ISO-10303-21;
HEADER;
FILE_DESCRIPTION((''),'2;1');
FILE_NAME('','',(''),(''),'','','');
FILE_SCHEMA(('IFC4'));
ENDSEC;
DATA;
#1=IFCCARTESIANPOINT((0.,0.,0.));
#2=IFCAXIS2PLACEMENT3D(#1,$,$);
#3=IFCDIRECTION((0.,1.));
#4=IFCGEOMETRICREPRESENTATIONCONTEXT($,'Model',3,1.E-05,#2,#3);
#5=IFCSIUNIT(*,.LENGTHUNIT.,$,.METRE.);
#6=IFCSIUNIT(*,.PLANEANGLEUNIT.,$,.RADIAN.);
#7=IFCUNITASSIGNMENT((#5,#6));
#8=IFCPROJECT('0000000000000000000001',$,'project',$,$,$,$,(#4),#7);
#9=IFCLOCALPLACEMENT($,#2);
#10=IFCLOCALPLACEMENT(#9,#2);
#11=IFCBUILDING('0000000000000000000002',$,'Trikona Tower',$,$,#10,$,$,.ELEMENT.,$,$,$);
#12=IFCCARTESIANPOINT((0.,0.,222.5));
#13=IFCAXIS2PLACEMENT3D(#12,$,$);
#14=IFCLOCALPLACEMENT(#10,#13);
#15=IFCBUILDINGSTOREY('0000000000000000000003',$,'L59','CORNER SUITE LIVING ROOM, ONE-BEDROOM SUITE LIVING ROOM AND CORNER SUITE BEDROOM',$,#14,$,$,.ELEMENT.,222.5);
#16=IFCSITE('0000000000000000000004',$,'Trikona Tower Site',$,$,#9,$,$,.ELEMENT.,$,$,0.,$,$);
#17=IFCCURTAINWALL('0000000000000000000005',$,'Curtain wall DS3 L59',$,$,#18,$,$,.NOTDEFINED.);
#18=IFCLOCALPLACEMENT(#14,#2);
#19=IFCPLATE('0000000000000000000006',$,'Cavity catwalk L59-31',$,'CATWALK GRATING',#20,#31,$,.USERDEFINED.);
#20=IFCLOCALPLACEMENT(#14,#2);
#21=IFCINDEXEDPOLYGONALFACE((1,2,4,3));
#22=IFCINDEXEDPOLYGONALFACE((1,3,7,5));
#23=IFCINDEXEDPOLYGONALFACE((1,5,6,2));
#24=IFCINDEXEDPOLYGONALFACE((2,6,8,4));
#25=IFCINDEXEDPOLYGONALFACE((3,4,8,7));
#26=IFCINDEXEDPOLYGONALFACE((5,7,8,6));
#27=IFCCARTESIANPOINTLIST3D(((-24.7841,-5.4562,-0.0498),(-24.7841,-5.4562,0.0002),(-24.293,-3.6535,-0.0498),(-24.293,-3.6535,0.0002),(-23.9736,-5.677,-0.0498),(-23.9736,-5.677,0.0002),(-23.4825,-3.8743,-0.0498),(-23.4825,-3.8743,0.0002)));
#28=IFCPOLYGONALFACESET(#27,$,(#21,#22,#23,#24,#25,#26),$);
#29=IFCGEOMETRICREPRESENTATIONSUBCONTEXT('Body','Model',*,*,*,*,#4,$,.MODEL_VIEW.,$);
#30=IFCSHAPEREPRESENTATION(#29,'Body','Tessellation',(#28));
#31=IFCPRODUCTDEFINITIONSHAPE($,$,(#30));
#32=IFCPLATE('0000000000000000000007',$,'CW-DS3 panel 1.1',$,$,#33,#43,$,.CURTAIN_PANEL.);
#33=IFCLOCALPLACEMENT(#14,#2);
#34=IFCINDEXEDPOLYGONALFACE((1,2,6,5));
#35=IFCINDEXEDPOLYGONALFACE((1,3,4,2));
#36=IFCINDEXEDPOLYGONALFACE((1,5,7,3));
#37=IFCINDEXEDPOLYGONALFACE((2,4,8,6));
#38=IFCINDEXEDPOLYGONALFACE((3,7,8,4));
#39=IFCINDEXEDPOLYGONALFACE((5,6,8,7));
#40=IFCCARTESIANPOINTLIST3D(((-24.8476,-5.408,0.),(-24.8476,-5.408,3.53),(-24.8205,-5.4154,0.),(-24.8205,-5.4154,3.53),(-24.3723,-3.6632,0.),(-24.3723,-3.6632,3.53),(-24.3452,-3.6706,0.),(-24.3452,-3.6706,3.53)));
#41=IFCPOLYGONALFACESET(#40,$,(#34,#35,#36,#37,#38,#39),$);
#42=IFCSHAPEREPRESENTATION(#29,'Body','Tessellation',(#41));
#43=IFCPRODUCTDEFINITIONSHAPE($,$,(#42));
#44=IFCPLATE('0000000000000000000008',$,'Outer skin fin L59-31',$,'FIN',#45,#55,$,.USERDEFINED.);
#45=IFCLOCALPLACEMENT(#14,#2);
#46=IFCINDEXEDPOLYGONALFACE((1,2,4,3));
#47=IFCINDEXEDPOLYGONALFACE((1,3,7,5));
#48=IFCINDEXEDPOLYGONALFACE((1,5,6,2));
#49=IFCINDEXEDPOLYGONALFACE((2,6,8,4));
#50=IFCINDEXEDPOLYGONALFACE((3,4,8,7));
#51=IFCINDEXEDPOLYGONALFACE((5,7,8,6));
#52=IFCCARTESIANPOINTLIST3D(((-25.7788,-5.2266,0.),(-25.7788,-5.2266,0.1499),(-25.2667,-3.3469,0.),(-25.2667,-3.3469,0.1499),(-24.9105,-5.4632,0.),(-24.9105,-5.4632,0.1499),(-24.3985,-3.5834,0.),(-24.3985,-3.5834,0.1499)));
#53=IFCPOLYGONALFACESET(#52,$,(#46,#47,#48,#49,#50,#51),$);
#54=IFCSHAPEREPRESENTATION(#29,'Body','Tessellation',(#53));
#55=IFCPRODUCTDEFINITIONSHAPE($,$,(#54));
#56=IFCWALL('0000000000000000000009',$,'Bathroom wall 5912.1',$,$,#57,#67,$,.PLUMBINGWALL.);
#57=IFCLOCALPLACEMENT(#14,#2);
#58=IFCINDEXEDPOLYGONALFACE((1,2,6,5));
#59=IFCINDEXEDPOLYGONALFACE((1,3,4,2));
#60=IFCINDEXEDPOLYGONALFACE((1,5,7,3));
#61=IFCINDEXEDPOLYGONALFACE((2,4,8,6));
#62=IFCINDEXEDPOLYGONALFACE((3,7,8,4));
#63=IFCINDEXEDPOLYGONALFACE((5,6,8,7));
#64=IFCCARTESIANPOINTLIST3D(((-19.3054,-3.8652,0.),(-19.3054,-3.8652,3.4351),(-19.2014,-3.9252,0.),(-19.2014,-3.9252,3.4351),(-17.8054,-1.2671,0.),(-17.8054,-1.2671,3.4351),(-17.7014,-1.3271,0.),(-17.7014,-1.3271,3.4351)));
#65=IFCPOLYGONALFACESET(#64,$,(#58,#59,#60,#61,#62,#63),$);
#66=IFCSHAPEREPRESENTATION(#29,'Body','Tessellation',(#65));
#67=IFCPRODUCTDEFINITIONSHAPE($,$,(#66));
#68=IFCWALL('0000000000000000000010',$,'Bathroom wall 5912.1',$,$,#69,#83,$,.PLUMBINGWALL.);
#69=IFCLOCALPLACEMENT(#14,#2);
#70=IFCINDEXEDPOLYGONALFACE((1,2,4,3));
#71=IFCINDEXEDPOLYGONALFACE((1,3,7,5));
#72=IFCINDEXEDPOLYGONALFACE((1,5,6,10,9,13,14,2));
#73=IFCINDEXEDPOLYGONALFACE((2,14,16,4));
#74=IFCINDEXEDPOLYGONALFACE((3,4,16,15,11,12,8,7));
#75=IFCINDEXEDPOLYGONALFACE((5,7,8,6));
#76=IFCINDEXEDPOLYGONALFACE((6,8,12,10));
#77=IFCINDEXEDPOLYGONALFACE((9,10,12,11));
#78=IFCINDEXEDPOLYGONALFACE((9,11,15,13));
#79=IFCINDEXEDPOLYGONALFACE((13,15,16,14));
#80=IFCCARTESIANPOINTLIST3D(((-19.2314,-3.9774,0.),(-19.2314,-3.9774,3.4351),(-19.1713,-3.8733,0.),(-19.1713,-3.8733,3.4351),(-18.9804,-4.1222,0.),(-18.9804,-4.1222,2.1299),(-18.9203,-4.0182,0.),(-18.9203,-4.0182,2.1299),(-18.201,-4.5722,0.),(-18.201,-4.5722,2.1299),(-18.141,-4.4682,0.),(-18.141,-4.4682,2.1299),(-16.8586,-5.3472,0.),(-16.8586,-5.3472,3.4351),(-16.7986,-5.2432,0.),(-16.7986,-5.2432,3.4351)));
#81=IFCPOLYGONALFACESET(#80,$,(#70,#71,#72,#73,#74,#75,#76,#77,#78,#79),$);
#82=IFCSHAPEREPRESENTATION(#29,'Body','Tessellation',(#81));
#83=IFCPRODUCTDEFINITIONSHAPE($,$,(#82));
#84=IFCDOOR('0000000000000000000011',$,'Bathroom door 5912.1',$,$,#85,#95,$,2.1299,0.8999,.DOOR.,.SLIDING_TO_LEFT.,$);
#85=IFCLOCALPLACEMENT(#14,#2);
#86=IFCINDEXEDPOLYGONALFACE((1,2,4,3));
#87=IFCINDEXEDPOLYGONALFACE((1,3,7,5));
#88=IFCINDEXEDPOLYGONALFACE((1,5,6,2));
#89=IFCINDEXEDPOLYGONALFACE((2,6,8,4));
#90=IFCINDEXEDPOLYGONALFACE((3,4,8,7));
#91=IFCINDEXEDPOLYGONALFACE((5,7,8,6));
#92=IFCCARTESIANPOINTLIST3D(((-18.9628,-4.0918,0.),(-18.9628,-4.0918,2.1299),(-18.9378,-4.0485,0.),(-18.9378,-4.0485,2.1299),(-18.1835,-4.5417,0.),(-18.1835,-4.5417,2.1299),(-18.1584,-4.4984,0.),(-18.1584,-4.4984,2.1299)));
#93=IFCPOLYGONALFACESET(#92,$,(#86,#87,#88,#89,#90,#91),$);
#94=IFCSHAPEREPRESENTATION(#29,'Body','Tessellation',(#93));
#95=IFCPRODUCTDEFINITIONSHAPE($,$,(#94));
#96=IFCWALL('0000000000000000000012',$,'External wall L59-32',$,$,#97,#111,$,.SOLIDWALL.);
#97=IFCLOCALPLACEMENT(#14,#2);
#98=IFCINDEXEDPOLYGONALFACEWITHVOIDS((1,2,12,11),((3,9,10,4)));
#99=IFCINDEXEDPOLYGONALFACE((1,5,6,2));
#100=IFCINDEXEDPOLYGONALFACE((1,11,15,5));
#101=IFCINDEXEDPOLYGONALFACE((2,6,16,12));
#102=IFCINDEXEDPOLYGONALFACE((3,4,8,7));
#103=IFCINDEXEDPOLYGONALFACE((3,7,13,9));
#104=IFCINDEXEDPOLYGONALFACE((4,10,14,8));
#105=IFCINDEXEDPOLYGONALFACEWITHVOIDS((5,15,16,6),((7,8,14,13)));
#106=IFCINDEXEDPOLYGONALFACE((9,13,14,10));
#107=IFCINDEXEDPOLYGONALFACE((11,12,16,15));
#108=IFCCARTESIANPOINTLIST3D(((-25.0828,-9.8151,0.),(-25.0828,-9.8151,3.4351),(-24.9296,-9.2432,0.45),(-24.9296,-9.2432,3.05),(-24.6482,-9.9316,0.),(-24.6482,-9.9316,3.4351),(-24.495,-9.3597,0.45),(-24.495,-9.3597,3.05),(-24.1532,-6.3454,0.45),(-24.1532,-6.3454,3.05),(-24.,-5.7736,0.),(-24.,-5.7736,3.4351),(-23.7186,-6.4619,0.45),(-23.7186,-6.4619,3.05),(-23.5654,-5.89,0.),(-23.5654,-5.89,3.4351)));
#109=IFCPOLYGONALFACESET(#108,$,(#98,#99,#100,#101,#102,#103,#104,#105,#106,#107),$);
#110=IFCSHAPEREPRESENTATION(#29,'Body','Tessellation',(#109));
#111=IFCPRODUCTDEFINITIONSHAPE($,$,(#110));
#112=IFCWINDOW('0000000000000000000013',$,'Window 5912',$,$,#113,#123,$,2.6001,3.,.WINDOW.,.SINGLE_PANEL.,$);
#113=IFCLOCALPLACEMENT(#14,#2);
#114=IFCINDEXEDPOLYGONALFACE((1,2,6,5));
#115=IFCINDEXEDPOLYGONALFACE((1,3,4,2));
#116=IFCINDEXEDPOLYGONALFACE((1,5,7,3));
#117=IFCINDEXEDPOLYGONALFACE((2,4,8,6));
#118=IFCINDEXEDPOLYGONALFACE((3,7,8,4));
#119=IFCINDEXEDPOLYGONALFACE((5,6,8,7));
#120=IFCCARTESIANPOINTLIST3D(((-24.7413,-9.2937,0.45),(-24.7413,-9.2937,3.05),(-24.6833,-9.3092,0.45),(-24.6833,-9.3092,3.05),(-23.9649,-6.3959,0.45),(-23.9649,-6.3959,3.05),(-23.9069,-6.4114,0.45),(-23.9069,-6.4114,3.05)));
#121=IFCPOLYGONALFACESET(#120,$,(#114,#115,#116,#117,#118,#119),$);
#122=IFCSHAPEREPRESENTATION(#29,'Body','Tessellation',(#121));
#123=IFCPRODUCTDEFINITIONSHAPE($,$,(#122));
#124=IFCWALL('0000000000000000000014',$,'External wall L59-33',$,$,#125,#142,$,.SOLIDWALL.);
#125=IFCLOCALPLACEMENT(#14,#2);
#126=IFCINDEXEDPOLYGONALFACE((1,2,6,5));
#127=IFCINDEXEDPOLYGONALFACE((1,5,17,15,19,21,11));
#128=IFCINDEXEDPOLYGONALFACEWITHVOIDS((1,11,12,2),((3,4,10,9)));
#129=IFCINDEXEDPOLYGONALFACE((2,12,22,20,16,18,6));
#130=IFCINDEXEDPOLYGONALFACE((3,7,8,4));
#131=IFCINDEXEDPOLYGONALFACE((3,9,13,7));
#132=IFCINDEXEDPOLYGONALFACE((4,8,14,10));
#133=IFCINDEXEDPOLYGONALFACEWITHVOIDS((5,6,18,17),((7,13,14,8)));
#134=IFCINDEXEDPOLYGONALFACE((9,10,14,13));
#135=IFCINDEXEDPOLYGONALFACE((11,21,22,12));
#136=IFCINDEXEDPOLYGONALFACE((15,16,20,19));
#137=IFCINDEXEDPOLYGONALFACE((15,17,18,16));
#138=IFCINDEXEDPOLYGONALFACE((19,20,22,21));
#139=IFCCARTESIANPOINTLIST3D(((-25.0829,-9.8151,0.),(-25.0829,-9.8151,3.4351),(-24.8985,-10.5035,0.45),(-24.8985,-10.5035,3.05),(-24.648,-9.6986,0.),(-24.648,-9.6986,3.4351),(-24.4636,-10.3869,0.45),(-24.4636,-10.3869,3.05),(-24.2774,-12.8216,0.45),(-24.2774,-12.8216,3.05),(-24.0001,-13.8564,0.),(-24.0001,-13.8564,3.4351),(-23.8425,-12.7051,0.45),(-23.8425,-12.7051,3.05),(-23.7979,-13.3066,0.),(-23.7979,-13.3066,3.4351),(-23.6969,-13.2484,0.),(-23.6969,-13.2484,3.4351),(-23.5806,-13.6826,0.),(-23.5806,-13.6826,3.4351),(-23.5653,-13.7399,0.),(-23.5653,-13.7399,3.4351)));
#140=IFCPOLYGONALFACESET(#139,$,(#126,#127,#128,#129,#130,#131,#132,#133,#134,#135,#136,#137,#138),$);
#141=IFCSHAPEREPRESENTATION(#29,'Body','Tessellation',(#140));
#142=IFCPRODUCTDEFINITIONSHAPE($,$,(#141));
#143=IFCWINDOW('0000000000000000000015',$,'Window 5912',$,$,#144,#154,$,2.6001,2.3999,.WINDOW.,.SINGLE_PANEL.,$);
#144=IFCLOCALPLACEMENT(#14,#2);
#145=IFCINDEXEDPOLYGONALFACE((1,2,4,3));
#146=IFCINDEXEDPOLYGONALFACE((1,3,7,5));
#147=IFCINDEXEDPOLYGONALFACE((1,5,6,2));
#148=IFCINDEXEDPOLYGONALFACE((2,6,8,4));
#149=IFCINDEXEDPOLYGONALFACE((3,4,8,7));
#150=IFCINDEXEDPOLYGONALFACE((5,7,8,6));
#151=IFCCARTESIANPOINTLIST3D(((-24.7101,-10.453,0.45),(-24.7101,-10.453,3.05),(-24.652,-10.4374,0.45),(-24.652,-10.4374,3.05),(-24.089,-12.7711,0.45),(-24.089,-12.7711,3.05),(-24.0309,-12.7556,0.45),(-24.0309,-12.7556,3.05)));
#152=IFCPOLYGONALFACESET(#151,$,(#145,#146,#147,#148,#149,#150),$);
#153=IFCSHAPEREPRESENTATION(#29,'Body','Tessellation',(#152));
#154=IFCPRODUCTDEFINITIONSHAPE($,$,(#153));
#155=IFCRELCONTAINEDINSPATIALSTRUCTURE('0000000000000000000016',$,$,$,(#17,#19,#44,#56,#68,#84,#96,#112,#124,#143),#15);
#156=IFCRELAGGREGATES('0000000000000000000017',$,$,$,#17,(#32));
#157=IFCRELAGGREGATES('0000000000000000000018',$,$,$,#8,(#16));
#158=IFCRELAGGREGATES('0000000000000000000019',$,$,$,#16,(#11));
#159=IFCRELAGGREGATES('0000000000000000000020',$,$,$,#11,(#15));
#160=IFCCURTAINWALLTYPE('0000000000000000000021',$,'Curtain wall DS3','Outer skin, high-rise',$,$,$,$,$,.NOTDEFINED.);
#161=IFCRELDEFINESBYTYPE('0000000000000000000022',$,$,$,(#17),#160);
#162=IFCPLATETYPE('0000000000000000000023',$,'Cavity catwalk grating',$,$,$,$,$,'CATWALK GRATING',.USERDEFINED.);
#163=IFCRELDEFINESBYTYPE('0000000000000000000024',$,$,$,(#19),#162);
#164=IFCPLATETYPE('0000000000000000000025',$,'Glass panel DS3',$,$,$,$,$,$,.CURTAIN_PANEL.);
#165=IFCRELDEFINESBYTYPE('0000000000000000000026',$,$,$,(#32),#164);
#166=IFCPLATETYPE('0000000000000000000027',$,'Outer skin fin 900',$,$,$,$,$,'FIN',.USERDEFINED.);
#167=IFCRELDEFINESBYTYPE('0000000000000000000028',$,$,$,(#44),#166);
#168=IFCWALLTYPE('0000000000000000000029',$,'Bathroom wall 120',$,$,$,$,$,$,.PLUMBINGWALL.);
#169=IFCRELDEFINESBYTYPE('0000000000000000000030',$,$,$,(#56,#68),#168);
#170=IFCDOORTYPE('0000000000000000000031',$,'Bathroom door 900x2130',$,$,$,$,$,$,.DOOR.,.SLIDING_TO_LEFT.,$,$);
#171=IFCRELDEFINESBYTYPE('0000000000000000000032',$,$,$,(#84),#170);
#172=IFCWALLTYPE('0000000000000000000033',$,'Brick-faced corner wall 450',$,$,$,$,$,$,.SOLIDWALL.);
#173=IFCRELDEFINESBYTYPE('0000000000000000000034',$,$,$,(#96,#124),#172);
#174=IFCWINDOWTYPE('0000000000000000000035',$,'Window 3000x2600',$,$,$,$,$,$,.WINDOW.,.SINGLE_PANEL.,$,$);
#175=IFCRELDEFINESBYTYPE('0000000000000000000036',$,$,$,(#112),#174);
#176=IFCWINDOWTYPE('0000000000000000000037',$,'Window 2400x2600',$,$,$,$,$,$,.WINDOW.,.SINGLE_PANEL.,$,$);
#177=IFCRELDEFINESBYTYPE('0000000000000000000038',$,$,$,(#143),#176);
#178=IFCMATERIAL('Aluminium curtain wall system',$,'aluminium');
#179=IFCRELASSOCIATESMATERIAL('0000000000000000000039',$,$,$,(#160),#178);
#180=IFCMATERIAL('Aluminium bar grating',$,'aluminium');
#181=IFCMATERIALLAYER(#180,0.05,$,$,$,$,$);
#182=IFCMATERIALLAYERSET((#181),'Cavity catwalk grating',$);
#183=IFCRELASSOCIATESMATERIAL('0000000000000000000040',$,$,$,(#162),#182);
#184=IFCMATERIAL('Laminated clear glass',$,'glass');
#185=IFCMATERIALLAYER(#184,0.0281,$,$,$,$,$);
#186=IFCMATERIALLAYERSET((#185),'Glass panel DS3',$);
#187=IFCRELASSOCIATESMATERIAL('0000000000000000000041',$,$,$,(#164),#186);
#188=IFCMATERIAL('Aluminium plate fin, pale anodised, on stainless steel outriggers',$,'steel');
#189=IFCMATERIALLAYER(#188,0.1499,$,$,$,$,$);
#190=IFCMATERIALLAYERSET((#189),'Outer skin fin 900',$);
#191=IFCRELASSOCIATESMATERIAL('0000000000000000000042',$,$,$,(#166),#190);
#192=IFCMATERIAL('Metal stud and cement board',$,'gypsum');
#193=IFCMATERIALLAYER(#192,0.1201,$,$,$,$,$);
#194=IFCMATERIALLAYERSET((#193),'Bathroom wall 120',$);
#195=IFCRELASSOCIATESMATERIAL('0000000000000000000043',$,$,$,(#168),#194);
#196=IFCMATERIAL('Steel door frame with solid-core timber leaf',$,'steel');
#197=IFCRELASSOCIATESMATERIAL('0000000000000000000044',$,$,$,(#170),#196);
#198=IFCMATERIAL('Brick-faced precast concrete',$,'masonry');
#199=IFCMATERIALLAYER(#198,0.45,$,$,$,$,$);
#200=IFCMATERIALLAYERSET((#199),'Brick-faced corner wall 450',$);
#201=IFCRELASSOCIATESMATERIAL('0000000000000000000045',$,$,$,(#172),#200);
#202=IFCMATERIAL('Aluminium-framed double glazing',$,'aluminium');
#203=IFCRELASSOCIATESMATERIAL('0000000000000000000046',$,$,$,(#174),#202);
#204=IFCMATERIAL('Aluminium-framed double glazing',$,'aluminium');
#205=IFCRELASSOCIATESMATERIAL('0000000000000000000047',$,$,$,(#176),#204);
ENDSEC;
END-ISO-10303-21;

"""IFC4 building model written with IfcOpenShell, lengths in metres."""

from ifc_helpers import new_model, si_unit, direction, frame, frame_2d, origin, origin_2d, place, context, subcontext, project, spatial, polyline, rectangle, outline, extrude, material, layer, layer_set, type_object, element, fill, aggregate, save


model = new_model("IFC4")

# Units and contexts
model_context = context("Model", 3, precision=1e-05, world=origin(), true_north=direction((0.0, 1.0)))
body_context = subcontext(model_context, "Body", "Model", "MODEL_VIEW")
ifc_project = project(units=[si_unit("LENGTHUNIT", "METRE"), si_unit("PLANEANGLEUNIT", "RADIAN")], contexts=[model_context])

# Site, building, storey
site_placement = place(None, origin())
site = spatial("IfcSite", under=ifc_project, at=site_placement, Name="Trikona Tower Site", CompositionType="ELEMENT", RefElevation=0.0)
building_placement = place(site_placement, origin())
building = spatial("IfcBuilding", under=site, at=building_placement, Name="Trikona Tower", CompositionType="ELEMENT")
storey_placement = place(building_placement, frame((0.0, 0.0, 222.5)))
storey = spatial("IfcBuildingStorey", under=building, at=storey_placement, Name="L59", Description="CORNER SUITE LIVING ROOM, ONE-BEDROOM SUITE LIVING ROOM AND CORNER SUITE BEDROOM", CompositionType="ELEMENT", Elevation=222.5)

# Shared definitions
ifc_material_1 = material(Name="Aluminium curtain wall system", Category="aluminium")
curtain_wall_type = type_object("IfcCurtainWallType", Name="Curtain wall DS3", Description="Outer skin, high-rise", PredefinedType="NOTDEFINED", material=ifc_material_1)

# Curtain wall
curtain_wall_1_placement = place(storey_placement, origin())
curtain_wall_1 = element("IfcCurtainWall", 1, at=curtain_wall_1_placement, inside=storey, type_object=curtain_wall_type, Name="Curtain wall DS3 L59", PredefinedType="NOTDEFINED")

# Plate
ifc_material_2 = material(Name="Aluminium bar grating", Category="aluminium")
ifc_layer_1 = layer(ifc_material_2, 0.05)
ifc_layer_set_1 = layer_set([ifc_layer_1], Name="Cavity catwalk grating")
plate_type_1 = type_object("IfcPlateType", Name="Cavity catwalk grating", ElementType="CATWALK GRATING", PredefinedType="USERDEFINED", material=ifc_layer_set_1)
plate_1_placement = place(storey_placement, frame((-24.1333, -4.6653, -0.0498), z_axis=(0.0, 0.0, 1.0), x_axis=(-0.262822, -0.964844, 0.0)))
element("IfcPlate", 2, at=plate_1_placement, inside=storey, type_object=plate_type_1, Name="Cavity catwalk L59-31", ObjectType="CATWALK GRATING", PredefinedType="USERDEFINED", context=body_context, shape_type="SweptSolid", body=[
    extrude(rectangle(XDim=1.8684, YDim=0.8401, at=origin_2d()), origin(), (0.0, 0.0, 1.0), 0.05),
])

# Plates
ifc_material_3 = material(Name="Laminated clear glass", Category="glass")
ifc_layer_2 = layer(ifc_material_3, 0.0281)
ifc_layer_set_2 = layer_set([ifc_layer_2], Name="Glass panel DS3")
plate_type_2 = type_object("IfcPlateType", Name="Glass panel DS3", PredefinedType="CURTAIN_PANEL", material=ifc_layer_set_2)
plate_2_placement = place(storey_placement, frame((-24.5964, -4.5393, 0.0), z_axis=(0.0, 0.0, 1.0), x_axis=(-0.262844, -0.964838, 0.0)))
plate_2 = element("IfcPlate", 3, at=plate_2_placement, type_object=plate_type_2, Name="CW-DS3 panel 1.1", PredefinedType="CURTAIN_PANEL", context=body_context, shape_type="SweptSolid", body=[
    extrude(rectangle(XDim=1.8083, YDim=0.0281, at=origin_2d()), origin(), (0.0, 0.0, 1.0), 3.53),
])
aggregate(curtain_wall_1, [plate_2])
ifc_material_4 = material(Name="Aluminium plate fin, pale anodised, on stainless steel outriggers", Category="steel")
ifc_layer_3 = layer(ifc_material_4, 0.1499)
ifc_layer_set_3 = layer_set([ifc_layer_3], Name="Outer skin fin 900")
plate_type_3 = type_object("IfcPlateType", Name="Outer skin fin 900", ElementType="FIN", PredefinedType="USERDEFINED", material=ifc_layer_set_3)
plate_3_placement = place(storey_placement, frame((-25.0886, -4.405, 0.0), z_axis=(0.0, 0.0, 1.0), x_axis=(-0.262822, -0.964844, 0.0)))
element("IfcPlate", 4, at=plate_3_placement, inside=storey, type_object=plate_type_3, Name="Outer skin fin L59-31", ObjectType="FIN", PredefinedType="USERDEFINED", context=body_context, shape_type="SweptSolid", body=[
    extrude(rectangle(XDim=1.9482, YDim=0.8999, at=origin_2d()), origin(), (0.0, 0.0, 1.0), 0.1499),
])

# Wall
ifc_material_5 = material(Name="Metal stud and cement board", Category="gypsum")
ifc_layer_4 = layer(ifc_material_5, 0.1201)
ifc_layer_set_4 = layer_set([ifc_layer_4], Name="Bathroom wall 120")
wall_type_1 = type_object("IfcWallType", Name="Bathroom wall 120", PredefinedType="PLUMBINGWALL", material=ifc_layer_set_4)
wall_1_placement = place(storey_placement, frame((-17.7534, -1.2971, 0.0), z_axis=(0.0, 0.0, 1.0), x_axis=(-0.49999, -0.866031, 0.0)))
element("IfcWall", 5, at=wall_1_placement, inside=storey, type_object=wall_type_1, Name="Bathroom wall 5912.1", PredefinedType="PLUMBINGWALL", context=body_context, shape_type="SweptSolid", body=[
    extrude(rectangle(XDim=3.0, YDim=0.1201, at=frame_2d((1.5, 0.0))), origin(), (0.0, 0.0, 1.0), 3.4351),
])

# Wall, opening, door
wall_2_placement = place(storey_placement, frame((-16.8286, -5.2952, 0.0), z_axis=(0.0, 0.0, 1.0), x_axis=(-0.866036, 0.499982, 0.0)))
wall_2 = element("IfcWall", 6, at=wall_2_placement, inside=storey, type_object=wall_type_1, Name="Bathroom wall 5912.1", PredefinedType="PLUMBINGWALL", context=body_context, shape_type="SweptSolid", body=[
    extrude(rectangle(XDim=2.7397, YDim=0.1201, at=frame_2d((1.3699, 0.0))), origin(), (0.0, 0.0, 1.0), 3.4351),
])
opening_1_placement = place(wall_2_placement, frame((1.55, 0.0, 0.0)))
opening_1 = element("IfcOpeningElement", 7, at=opening_1_placement, cuts=wall_2, PredefinedType="OPENING", context=body_context, shape_type="SweptSolid", body=[
    extrude(rectangle(XDim=0.8999, YDim=2.1299, at=frame_2d((0.45, 1.0649))), frame((0.0, 0.0701, 0.0), z_axis=(0.0, -1.0, 0.0), x_axis=(1.0, 0.0, 0.0)), (0.0, 0.0, 1.0), 0.1401),
])
ifc_material_6 = material(Name="Steel door frame with solid-core timber leaf", Category="steel")
door_type_1 = type_object("IfcDoorType", Name="Bathroom door 900x2130", OperationType="SLIDING_TO_LEFT", PredefinedType="DOOR", material=ifc_material_6)
door_1_placement = place(opening_1_placement, origin())
door_1 = element("IfcDoor", 8, at=door_1_placement, inside=storey, type_object=door_type_1, Name="Bathroom door 5912.1", OperationType="SLIDING_TO_LEFT", OverallHeight=2.1299, OverallWidth=0.8999, PredefinedType="DOOR", context=body_context, shape_type="SweptSolid", body=[
    extrude(rectangle(XDim=0.8999, YDim=2.1299, at=frame_2d((0.45, 1.0649))), frame((0.0, 0.0249, 0.0), z_axis=(0.0, -1.0, 0.0), x_axis=(1.0, 0.0, 0.0)), (0.0, 0.0, 1.0), 0.05),
])
fill(opening_1, door_1)

# Walls, openings, windows
ifc_material_7 = material(Name="Brick-faced precast concrete", Category="masonry")
ifc_layer_5 = layer(ifc_material_7, 0.45)
ifc_layer_set_5 = layer_set([ifc_layer_5], Name="Brick-faced corner wall 450")
wall_type_2 = type_object("IfcWallType", Name="Brick-faced corner wall 450", PredefinedType="SOLIDWALL", material=ifc_layer_set_5)
wall_3_placement = place(storey_placement, frame((-23.7827, -5.8318, 0.0), z_axis=(0.0, 0.0, 1.0), x_axis=(-0.258785, -0.965935, 0.0)))
wall_3 = element("IfcWall", 9, at=wall_3_placement, inside=storey, type_object=wall_type_2, Name="External wall L59-32", PredefinedType="SOLIDWALL", context=body_context, shape_type="SweptSolid", body=[
    extrude(rectangle(XDim=4.1841, YDim=0.45, at=frame_2d((2.092, 0.0))), origin(), (0.0, 0.0, 1.0), 3.4351),
])
opening_2_placement = place(wall_3_placement, frame((0.592, 0.0, 0.45)))
opening_2 = element("IfcOpeningElement", 10, at=opening_2_placement, cuts=wall_3, PredefinedType="OPENING", context=body_context, shape_type="SweptSolid", body=[
    extrude(rectangle(XDim=3.0, YDim=2.6001, at=frame_2d((1.5, 1.3))), frame((0.0, 0.2349, 0.0), z_axis=(0.0, -1.0, 0.0), x_axis=(1.0, 0.0, 0.0)), (0.0, 0.0, 1.0), 0.47),
])
ifc_material_8 = material(Name="Aluminium-framed double glazing", Category="aluminium")
window_type_1 = type_object("IfcWindowType", Name="Window 3000x2600", PartitioningType="SINGLE_PANEL", PredefinedType="WINDOW", material=ifc_material_8)
window_1_placement = place(opening_2_placement, origin())
window_1 = element("IfcWindow", 11, at=window_1_placement, inside=storey, type_object=window_type_1, Name="Window 5912", OverallHeight=2.6001, OverallWidth=3.0, PartitioningType="SINGLE_PANEL", PredefinedType="WINDOW", context=body_context, shape_type="SweptSolid", body=[
    extrude(rectangle(XDim=3.0, YDim=2.6001, at=frame_2d((1.5, 1.3))), frame((0.0, 0.03, 0.0), z_axis=(0.0, -1.0, 0.0), x_axis=(1.0, 0.0, 0.0)), (0.0, 0.0, 1.0), 0.0601),
])
fill(opening_2, window_1)
wall_4_placement = place(storey_placement, frame((-24.8655, -9.7568, 0.0), z_axis=(0.0, 0.0, 1.0), x_axis=(0.258799, -0.965931, 0.0)))
wall_4 = element("IfcWall", 12, at=wall_4_placement, inside=storey, type_object=wall_type_2, Name="External wall L59-33", PredefinedType="SOLIDWALL", context=body_context, shape_type="SweptSolid", body=[
    extrude(outline(polyline([(4.1838, 0.2251), (4.1245, 0.2251), (3.7051, 0.1125), (3.675, 0.2251), (0.0, 0.2251), (0.0, -0.2251), (4.1838, -0.2251), (4.1838, 0.2251)])), origin(), (0.0, 0.0, 1.0), 3.4351),
])
opening_3_placement = place(wall_4_placement, frame((0.7126, 0.0, 0.45)))
opening_3 = element("IfcOpeningElement", 13, at=opening_3_placement, cuts=wall_4, PredefinedType="OPENING", context=body_context, shape_type="SweptSolid", body=[
    extrude(rectangle(XDim=2.3999, YDim=2.6001, at=frame_2d((1.2, 1.3))), frame((0.0, 0.2349, 0.0), z_axis=(0.0, -1.0, 0.0), x_axis=(1.0, 0.0, 0.0)), (0.0, 0.0, 1.0), 0.47),
])
ifc_material_9 = material(Name="Aluminium-framed double glazing", Category="aluminium")
window_type_2 = type_object("IfcWindowType", Name="Window 2400x2600", PartitioningType="SINGLE_PANEL", PredefinedType="WINDOW", material=ifc_material_9)
window_2_placement = place(opening_3_placement, origin())
window_2 = element("IfcWindow", 14, at=window_2_placement, inside=storey, type_object=window_type_2, Name="Window 5912", OverallHeight=2.6001, OverallWidth=2.3999, PartitioningType="SINGLE_PANEL", PredefinedType="WINDOW", context=body_context, shape_type="SweptSolid", body=[
    extrude(rectangle(XDim=2.3999, YDim=2.6001, at=frame_2d((1.2, 1.3))), frame((0.0, 0.03, 0.0), z_axis=(0.0, -1.0, 0.0), x_axis=(1.0, 0.0, 0.0)), (0.0, 0.0, 1.0), 0.0601),
])
fill(opening_3, window_2)

save(model, "model.ifc")
